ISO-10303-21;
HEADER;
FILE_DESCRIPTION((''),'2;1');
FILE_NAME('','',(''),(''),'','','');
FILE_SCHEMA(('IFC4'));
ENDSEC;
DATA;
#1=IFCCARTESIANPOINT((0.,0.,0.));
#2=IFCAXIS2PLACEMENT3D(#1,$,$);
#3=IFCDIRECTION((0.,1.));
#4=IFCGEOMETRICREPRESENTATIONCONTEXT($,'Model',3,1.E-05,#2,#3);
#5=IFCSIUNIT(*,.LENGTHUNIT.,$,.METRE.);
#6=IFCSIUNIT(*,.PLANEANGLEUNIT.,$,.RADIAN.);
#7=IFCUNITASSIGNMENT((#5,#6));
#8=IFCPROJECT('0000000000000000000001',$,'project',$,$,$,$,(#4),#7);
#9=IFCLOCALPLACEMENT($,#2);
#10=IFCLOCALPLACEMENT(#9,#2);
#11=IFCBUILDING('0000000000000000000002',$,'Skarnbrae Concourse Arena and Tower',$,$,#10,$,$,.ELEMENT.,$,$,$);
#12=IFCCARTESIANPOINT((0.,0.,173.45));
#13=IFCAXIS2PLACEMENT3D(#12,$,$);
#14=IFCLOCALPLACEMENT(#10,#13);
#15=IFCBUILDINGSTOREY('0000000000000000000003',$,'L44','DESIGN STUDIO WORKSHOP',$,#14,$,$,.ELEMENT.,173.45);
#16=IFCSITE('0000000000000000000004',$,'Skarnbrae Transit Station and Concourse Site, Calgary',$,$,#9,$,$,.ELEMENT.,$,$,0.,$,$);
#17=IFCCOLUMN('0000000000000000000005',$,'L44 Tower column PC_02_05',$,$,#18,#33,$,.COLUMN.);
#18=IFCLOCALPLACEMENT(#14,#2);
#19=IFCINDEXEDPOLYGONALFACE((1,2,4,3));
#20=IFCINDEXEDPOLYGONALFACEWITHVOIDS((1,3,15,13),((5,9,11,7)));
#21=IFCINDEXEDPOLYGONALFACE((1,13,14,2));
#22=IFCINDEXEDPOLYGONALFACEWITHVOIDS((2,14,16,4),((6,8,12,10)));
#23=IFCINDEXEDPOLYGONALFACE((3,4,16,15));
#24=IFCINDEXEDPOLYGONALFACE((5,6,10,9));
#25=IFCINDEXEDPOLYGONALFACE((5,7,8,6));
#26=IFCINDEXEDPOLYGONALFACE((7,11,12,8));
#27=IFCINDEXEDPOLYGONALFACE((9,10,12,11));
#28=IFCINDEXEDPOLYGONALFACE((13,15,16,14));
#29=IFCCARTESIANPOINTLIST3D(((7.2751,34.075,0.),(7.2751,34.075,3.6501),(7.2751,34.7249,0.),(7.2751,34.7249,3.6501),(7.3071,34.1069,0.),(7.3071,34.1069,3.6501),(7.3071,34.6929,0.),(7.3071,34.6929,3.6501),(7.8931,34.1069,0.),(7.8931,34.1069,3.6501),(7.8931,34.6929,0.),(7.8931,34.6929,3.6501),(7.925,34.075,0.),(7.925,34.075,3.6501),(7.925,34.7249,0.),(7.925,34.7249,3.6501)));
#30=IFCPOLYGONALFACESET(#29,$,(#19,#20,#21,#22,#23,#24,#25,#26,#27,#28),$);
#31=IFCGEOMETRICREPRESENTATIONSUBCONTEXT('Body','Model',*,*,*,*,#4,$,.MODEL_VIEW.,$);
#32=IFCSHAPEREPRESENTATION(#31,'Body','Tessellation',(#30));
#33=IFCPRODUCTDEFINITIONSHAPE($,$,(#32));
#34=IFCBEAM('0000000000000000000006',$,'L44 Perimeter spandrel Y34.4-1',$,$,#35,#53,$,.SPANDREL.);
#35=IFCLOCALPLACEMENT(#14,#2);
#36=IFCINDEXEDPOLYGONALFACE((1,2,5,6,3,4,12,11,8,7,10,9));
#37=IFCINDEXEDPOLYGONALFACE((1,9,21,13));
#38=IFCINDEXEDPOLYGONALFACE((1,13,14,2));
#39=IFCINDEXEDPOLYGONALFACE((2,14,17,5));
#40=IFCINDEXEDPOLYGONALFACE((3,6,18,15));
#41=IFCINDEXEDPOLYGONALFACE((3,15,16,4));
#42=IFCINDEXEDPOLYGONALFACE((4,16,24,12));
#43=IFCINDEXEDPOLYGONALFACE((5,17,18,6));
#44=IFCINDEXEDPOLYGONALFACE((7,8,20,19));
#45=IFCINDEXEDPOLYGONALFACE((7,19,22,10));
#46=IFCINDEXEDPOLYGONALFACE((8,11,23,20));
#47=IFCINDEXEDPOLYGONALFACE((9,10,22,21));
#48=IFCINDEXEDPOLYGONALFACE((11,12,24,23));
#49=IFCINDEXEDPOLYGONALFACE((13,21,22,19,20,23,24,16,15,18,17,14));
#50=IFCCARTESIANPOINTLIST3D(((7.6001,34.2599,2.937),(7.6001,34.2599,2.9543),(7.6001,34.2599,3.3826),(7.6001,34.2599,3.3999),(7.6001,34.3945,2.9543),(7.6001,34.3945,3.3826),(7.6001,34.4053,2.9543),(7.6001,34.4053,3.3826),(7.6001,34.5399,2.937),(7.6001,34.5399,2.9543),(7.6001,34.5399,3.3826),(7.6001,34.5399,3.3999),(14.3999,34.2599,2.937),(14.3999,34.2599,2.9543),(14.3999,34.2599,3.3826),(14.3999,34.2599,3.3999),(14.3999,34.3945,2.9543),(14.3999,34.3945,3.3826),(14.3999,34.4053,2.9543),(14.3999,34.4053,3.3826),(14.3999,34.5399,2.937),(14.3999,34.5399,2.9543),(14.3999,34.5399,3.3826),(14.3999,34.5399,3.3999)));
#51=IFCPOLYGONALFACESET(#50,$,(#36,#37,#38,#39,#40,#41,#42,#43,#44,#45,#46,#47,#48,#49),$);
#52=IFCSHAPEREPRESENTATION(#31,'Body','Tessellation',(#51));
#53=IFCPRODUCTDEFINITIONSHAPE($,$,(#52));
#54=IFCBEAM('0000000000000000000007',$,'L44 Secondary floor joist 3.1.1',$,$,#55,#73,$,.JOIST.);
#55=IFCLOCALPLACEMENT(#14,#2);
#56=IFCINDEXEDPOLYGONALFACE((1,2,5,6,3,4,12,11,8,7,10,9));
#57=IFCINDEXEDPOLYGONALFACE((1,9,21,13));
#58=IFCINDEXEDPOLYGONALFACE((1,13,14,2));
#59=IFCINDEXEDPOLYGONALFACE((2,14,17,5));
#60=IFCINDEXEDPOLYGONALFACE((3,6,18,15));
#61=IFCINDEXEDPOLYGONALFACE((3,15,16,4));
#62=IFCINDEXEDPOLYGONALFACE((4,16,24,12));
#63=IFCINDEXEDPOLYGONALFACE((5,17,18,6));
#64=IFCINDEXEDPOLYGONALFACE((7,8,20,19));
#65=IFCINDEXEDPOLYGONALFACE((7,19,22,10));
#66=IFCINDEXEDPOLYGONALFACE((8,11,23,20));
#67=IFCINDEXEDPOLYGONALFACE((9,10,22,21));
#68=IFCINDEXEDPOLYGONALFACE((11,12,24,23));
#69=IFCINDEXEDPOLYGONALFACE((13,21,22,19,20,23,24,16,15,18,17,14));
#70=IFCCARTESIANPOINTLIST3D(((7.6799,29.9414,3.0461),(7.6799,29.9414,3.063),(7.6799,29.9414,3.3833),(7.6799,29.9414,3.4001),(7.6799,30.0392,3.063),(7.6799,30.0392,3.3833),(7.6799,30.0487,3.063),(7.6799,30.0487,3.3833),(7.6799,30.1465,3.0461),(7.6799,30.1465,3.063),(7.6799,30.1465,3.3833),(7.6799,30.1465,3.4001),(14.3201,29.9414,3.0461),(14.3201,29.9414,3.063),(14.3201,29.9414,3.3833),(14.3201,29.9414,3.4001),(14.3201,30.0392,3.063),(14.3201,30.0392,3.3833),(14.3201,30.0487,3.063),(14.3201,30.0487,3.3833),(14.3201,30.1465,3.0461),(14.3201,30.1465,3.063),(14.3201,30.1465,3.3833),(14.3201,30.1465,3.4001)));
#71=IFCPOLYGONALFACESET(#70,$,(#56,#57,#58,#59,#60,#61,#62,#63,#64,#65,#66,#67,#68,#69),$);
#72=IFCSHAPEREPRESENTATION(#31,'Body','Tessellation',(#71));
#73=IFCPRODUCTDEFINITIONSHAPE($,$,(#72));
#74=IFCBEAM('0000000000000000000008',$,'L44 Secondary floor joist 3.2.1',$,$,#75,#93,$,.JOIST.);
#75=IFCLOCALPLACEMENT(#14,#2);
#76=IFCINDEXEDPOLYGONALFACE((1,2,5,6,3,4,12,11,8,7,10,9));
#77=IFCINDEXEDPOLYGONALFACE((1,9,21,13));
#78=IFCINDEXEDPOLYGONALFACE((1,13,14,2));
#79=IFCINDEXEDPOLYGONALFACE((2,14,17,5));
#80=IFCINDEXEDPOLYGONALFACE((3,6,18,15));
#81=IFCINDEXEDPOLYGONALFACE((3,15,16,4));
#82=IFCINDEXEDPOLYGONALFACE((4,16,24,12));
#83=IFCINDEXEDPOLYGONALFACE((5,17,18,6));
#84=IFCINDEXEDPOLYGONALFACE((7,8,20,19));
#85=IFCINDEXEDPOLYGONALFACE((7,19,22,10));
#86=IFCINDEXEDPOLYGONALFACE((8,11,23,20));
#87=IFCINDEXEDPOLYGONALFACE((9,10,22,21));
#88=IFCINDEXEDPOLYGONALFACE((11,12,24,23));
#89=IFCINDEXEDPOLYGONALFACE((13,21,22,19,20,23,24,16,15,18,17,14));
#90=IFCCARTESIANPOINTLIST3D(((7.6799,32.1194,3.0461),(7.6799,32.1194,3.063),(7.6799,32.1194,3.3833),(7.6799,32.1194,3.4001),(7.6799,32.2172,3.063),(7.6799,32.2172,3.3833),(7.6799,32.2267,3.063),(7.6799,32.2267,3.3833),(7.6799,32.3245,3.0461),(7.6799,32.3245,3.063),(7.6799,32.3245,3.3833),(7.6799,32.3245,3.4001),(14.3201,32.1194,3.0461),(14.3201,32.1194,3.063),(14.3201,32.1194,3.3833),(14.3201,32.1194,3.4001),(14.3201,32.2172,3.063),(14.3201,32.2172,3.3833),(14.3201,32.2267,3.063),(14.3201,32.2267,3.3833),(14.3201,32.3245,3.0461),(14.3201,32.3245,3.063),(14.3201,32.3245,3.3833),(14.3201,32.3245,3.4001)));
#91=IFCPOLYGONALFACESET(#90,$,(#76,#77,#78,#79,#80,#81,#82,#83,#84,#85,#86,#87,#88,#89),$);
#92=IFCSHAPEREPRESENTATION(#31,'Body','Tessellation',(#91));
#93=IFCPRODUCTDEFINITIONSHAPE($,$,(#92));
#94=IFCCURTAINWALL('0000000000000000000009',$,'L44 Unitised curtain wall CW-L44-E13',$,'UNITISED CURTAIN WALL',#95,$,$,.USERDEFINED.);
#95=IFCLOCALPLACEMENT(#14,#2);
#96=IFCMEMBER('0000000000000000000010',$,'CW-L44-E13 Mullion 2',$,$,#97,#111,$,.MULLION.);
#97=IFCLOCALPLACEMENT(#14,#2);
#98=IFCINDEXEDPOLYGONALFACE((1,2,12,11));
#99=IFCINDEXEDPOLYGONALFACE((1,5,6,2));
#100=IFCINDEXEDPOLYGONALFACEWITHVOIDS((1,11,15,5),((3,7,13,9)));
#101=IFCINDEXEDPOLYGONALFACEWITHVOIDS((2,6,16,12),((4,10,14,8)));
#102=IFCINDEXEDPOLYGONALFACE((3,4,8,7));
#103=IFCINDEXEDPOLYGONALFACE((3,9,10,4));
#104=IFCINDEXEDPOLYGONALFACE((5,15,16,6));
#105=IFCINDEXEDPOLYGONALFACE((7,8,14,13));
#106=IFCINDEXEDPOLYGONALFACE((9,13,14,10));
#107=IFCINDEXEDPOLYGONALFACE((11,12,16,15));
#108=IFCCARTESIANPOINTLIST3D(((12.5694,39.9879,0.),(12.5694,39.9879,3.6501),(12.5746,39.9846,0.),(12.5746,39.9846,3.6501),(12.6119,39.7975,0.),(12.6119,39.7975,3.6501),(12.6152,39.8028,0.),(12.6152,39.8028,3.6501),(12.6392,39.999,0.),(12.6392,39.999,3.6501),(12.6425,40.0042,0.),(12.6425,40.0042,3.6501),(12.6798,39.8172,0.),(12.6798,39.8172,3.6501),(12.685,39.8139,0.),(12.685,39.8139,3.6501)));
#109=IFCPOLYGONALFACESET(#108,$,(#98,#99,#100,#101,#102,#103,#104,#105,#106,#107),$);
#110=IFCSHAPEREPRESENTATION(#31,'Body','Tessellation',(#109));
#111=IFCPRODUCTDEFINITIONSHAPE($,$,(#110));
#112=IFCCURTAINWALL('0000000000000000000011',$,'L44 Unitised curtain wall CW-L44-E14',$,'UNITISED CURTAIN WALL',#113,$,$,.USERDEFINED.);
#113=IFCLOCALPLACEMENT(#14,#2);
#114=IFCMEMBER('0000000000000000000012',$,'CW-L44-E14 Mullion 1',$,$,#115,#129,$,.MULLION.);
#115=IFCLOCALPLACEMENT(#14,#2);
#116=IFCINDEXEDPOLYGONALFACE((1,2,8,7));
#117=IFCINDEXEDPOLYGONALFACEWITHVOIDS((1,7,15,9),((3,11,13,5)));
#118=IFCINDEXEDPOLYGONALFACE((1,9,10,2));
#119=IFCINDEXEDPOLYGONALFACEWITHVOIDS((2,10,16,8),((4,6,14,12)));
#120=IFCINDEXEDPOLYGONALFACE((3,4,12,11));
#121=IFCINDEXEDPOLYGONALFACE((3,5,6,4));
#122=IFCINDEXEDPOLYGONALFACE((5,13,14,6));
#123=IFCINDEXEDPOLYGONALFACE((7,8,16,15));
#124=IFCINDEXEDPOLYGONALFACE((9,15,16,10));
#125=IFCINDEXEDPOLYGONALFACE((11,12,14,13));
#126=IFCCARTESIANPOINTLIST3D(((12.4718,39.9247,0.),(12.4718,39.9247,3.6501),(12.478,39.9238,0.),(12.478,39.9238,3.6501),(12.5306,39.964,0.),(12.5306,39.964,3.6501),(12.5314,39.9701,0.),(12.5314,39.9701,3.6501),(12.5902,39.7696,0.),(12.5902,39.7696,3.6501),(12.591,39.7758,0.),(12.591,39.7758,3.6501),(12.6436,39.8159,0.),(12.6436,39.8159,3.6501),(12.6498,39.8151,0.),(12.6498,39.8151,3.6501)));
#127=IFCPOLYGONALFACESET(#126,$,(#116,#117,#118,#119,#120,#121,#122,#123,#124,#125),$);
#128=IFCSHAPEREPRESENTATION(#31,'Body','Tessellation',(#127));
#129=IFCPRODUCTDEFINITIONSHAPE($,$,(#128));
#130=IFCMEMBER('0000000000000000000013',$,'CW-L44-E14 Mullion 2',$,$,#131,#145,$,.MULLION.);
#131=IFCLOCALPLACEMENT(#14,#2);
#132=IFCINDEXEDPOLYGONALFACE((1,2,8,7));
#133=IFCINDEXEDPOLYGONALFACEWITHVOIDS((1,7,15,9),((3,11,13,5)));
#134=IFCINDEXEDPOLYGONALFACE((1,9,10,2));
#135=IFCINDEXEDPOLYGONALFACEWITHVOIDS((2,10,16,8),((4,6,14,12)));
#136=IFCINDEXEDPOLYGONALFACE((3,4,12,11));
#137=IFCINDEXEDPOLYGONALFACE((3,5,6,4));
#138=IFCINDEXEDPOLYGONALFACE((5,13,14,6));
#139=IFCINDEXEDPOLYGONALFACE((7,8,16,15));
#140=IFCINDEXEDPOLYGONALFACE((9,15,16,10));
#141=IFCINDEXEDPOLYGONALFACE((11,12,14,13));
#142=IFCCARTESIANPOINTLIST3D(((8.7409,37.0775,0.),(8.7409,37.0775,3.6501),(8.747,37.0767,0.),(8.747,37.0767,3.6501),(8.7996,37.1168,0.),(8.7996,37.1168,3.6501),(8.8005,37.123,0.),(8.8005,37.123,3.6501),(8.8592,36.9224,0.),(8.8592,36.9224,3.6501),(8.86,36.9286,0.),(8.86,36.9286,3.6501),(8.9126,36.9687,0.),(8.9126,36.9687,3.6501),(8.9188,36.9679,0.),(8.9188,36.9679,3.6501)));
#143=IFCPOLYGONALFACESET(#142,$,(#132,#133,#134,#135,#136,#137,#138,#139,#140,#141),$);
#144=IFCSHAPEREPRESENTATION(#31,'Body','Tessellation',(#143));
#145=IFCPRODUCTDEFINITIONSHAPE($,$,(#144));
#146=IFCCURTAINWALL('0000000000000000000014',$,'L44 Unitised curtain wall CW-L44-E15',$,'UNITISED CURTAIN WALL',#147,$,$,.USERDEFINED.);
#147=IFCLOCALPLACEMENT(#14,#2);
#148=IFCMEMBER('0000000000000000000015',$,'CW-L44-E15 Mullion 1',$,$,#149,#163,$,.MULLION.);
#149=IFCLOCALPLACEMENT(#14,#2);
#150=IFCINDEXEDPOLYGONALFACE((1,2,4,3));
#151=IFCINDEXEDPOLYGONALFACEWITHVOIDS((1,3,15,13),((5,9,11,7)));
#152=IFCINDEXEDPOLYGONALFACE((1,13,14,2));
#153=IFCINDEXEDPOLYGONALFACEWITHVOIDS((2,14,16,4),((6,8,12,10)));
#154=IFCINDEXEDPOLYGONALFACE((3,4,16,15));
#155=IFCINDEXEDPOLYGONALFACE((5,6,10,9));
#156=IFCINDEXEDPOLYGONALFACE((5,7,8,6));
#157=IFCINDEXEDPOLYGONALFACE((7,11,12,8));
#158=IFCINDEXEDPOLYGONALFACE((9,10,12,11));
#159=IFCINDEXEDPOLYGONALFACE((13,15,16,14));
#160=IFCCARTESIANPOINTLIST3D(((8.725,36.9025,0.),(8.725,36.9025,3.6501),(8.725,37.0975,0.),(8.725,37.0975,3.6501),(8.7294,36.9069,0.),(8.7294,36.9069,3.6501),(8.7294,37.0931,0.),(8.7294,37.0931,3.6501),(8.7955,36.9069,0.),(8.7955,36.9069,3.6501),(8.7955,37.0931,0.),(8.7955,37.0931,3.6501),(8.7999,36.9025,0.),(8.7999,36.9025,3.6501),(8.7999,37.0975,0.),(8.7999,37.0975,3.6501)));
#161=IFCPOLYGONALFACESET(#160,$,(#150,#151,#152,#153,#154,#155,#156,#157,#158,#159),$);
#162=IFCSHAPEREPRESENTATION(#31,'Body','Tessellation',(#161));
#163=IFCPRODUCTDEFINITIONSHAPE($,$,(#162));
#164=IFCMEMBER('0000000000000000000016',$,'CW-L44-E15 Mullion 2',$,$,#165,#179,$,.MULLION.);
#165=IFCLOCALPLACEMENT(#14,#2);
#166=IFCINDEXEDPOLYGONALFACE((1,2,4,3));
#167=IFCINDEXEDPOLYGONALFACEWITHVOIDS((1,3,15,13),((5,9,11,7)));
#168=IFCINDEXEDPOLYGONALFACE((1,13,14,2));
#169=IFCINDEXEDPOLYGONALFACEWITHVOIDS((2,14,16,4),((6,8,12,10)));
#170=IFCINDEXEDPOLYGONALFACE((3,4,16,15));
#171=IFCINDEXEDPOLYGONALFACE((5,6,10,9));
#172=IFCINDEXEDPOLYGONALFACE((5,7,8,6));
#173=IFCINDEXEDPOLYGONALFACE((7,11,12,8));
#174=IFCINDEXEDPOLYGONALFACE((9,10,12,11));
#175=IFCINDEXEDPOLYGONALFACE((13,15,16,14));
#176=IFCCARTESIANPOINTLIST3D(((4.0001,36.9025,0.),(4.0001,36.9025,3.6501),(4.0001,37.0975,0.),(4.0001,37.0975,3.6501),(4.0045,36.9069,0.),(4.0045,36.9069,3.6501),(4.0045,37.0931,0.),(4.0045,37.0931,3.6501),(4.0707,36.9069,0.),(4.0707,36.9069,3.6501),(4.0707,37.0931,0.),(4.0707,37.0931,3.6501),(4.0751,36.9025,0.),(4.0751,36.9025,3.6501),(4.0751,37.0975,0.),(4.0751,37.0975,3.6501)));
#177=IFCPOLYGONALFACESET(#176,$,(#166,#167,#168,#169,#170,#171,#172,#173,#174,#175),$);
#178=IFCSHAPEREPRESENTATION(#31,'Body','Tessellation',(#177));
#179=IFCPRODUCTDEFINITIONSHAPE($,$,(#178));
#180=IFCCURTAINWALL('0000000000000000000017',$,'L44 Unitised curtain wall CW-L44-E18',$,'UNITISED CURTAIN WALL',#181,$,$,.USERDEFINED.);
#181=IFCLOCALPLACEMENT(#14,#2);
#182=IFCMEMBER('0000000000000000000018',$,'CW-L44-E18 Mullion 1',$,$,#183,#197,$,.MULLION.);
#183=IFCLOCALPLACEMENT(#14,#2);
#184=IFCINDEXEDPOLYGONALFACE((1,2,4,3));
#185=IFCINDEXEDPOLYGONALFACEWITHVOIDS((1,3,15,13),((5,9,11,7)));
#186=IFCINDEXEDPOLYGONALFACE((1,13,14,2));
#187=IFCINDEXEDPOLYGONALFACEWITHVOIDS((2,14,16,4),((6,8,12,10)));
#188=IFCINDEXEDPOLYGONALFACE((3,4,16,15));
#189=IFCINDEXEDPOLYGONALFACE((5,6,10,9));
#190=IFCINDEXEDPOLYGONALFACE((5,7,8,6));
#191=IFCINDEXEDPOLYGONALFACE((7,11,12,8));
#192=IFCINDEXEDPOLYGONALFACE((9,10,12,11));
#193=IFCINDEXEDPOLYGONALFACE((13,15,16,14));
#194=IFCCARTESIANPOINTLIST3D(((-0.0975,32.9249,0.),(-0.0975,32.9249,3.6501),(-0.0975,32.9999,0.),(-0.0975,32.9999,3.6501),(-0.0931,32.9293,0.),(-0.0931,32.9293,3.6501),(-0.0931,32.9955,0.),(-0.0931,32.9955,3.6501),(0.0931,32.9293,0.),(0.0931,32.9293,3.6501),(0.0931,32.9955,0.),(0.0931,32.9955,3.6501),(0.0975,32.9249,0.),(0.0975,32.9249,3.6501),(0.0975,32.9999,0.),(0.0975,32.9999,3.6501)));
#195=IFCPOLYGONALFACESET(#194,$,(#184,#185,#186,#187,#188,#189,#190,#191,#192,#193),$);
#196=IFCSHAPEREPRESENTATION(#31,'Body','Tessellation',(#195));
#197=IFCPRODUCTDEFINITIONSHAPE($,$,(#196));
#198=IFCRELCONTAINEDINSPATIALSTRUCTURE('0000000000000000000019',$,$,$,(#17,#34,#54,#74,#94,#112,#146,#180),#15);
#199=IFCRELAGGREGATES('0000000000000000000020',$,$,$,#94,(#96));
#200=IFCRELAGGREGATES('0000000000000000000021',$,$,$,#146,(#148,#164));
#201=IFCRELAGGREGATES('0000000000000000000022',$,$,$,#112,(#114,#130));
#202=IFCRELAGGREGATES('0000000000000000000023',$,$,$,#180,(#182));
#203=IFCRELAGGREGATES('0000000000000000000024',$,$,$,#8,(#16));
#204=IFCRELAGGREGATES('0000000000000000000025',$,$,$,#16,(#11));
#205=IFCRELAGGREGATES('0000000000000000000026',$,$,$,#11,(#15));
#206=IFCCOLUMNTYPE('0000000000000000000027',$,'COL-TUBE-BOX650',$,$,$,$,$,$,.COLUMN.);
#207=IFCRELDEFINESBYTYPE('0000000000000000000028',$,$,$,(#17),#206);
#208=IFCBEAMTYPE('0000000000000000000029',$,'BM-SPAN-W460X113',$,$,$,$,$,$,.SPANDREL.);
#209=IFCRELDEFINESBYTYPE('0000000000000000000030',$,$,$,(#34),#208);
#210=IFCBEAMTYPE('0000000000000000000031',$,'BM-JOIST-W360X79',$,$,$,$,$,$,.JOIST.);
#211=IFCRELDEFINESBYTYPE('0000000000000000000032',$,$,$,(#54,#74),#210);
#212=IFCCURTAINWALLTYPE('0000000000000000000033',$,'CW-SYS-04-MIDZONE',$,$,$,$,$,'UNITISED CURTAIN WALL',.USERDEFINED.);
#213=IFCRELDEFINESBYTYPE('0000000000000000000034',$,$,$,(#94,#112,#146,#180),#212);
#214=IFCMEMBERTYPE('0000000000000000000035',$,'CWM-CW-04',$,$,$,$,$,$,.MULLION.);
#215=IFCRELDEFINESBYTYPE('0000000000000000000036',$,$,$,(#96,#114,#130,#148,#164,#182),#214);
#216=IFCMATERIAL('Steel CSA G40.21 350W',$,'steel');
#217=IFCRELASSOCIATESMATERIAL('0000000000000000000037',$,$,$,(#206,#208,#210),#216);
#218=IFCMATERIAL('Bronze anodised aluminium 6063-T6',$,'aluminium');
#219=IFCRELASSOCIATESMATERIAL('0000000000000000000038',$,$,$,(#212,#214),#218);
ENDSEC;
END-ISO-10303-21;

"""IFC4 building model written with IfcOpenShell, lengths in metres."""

from ifc_helpers import new_model, si_unit, direction, frame, origin, origin_2d, place, context, subcontext, project, spatial, hollow_rectangle, i_section, extrude, source, transform, mapped, material, material_profile, profile_set, type_object, element, aggregate, save


model = new_model("IFC4")

# Units and contexts
model_context = context("Model", 3, precision=1e-05, world=origin(), true_north=direction((0.0, 1.0)))
body_context = subcontext(model_context, "Body", "Model", "MODEL_VIEW")
ifc_project = project(units=[si_unit("LENGTHUNIT", "METRE"), si_unit("PLANEANGLEUNIT", "RADIAN")], contexts=[model_context])

# Site, building, storey
site_placement = place(None, origin())
site = spatial("IfcSite", under=ifc_project, at=site_placement, Name="Skarnbrae Transit Station and Concourse Site, Calgary", CompositionType="ELEMENT", RefElevation=0.0)
building_placement = place(site_placement, origin())
building = spatial("IfcBuilding", under=site, at=building_placement, Name="Skarnbrae Concourse Arena and Tower", CompositionType="ELEMENT")
storey_placement = place(building_placement, frame((0.0, 0.0, 173.45)))
storey = spatial("IfcBuildingStorey", under=building, at=storey_placement, Name="L44", Description="DESIGN STUDIO WORKSHOP", CompositionType="ELEMENT", Elevation=173.45)

# Column
ifc_material_1 = material(Name="Steel CSA G40.21 350W", Category="steel")
ifc_material_profile_1 = material_profile(ifc_material_1, hollow_rectangle(XDim=0.6499, YDim=0.6499, WallThickness=0.032, at=origin_2d()), Name="BOX650X650X32")
ifc_profile_set_1 = profile_set([ifc_material_profile_1], Name="Steel CSA G40.21 350W")
column_type = type_object("IfcColumnType", Name="COL-TUBE-BOX650", PredefinedType="COLUMN", material=ifc_profile_set_1)
shared_shape_1 = source(origin(), body_context, "Body", "SweptSolid", [
    extrude(hollow_rectangle(XDim=0.6499, YDim=0.6499, WallThickness=0.032, at=origin_2d()), origin(), (0.0, 0.0, 1.0), 3.6501),
])
column_placement = place(storey_placement, frame((7.6001, 34.3999, 0.0), z_axis=(0.0, 0.0, 1.0), x_axis=(1.0, 0.0, 0.0)))
element("IfcColumn", 1, at=column_placement, inside=storey, type_object=column_type, Name="L44 Tower column PC_02_05", PredefinedType="COLUMN", context=body_context, shape_type="MappedRepresentation", body=[
    mapped(shared_shape_1, transform((0.0, 0.0, 0.0))),
])

# Beams
ifc_material_profile_2 = material_profile(ifc_material_1, i_section(OverallWidth=0.28, OverallDepth=0.4629, WebThickness=0.0107, FlangeThickness=0.0173, at=origin_2d()), Name="W460X113")
ifc_profile_set_2 = profile_set([ifc_material_profile_2], Name="Steel CSA G40.21 350W")
beam_type_1 = type_object("IfcBeamType", Name="BM-SPAN-W460X113", PredefinedType="SPANDREL", material=ifc_profile_set_2)
shared_shape_2 = source(origin(), body_context, "Body", "SweptSolid", [
    extrude(i_section(OverallWidth=0.28, OverallDepth=0.4629, WebThickness=0.0107, FlangeThickness=0.0173, at=origin_2d()), origin(), (0.0, 0.0, 1.0), 6.7998),
])
beam_placement = place(storey_placement, frame((7.6001, 34.3999, 3.1685), z_axis=(1.0, 0.0, 0.0), x_axis=(0.0, 1.0, 0.0)))
element("IfcBeam", 2, at=beam_placement, inside=storey, type_object=beam_type_1, Name="L44 Perimeter spandrel Y34.4-1", PredefinedType="SPANDREL", context=body_context, shape_type="MappedRepresentation", body=[
    mapped(shared_shape_2, transform((0.0, 0.0, 0.0))),
])
ifc_material_profile_3 = material_profile(ifc_material_1, i_section(OverallWidth=0.2051, OverallDepth=0.354, WebThickness=0.0095, FlangeThickness=0.0168, at=origin_2d()), Name="W360X79")
ifc_profile_set_3 = profile_set([ifc_material_profile_3], Name="Steel CSA G40.21 350W")
beam_type_2 = type_object("IfcBeamType", Name="BM-JOIST-W360X79", PredefinedType="JOIST", material=ifc_profile_set_3)
shared_shape_3 = source(origin(), body_context, "Body", "SweptSolid", [
    extrude(i_section(OverallWidth=0.2051, OverallDepth=0.354, WebThickness=0.0095, FlangeThickness=0.0168, at=origin_2d()), origin(), (0.0, 0.0, 1.0), 6.6401),
])
for number, where, z_axis, x_axis, name in (
    (3, (7.6799, 30.0439, 3.2231), (1.0, 0.0, 0.0), (0.0, 1.0, 0.0), "L44 Secondary floor joist 3.1.1"),
    (4, (7.6799, 32.2219, 3.2231), (1.0, 0.0, 0.0), (0.0, 1.0, 0.0), "L44 Secondary floor joist 3.2.1"),
):
    element("IfcBeam", number, at=place(storey_placement, frame(where, z_axis=z_axis, x_axis=x_axis)), inside=storey, type_object=beam_type_2, Name=name, PredefinedType="JOIST", context=body_context, shape_type="MappedRepresentation", body=[
        mapped(shared_shape_3, transform((0.0, 0.0, 0.0))),
    ])

# Curtain wall, member
ifc_material_2 = material(Name="Bronze anodised aluminium 6063-T6", Category="aluminium")
curtain_wall_type = type_object("IfcCurtainWallType", Name="CW-SYS-04-MIDZONE", ElementType="UNITISED CURTAIN WALL", PredefinedType="USERDEFINED", material=ifc_material_2)
curtain_wall_1_placement = place(storey_placement, origin())
curtain_wall_1 = element("IfcCurtainWall", 5, at=curtain_wall_1_placement, inside=storey, type_object=curtain_wall_type, Name="L44 Unitised curtain wall CW-L44-E13", ObjectType="UNITISED CURTAIN WALL", PredefinedType="USERDEFINED")
ifc_material_profile_4 = material_profile(ifc_material_2, hollow_rectangle(XDim=0.075, YDim=0.1951, WallThickness=0.0044, at=origin_2d()), Name="ALU-MULL-75X195")
ifc_profile_set_4 = profile_set([ifc_material_profile_4], Name="Bronze anodised aluminium 6063-T6")
member_type_1 = type_object("IfcMemberType", Name="CWM-CW-04", PredefinedType="MULLION", material=ifc_profile_set_4)
shared_shape_4 = source(origin(), body_context, "Body", "SweptSolid", [
    extrude(hollow_rectangle(XDim=0.075, YDim=0.1951, WallThickness=0.0044, at=origin_2d()), origin(), (0.0, 0.0, 1.0), 3.6501),
])
member_1_placement = place(storey_placement, frame((12.6272, 39.9009, 0.0), z_axis=(0.0, 0.0, 1.0), x_axis=(-0.975936, -0.218056, 0.0)))
member_1 = element("IfcMember", 6, at=member_1_placement, type_object=member_type_1, Name="CW-L44-E13 Mullion 2", PredefinedType="MULLION", context=body_context, shape_type="MappedRepresentation", body=[
    mapped(shared_shape_4, transform((0.0, 0.0, 0.0))),
])
aggregate(curtain_wall_1, [member_1])

# Curtain walls, members
curtain_wall_2_placement = place(storey_placement, origin())
curtain_wall_2 = element("IfcCurtainWall", 7, at=curtain_wall_2_placement, inside=storey, type_object=curtain_wall_type, Name="L44 Unitised curtain wall CW-L44-E14", ObjectType="UNITISED CURTAIN WALL", PredefinedType="USERDEFINED")
member_2_placement = place(storey_placement, frame((12.5608, 39.8699, 0.0), z_axis=(0.0, 0.0, 1.0), x_axis=(-0.794956, -0.606667, 0.0)))
member_2 = element("IfcMember", 8, at=member_2_placement, type_object=member_type_1, Name="CW-L44-E14 Mullion 1", PredefinedType="MULLION", context=body_context, shape_type="MappedRepresentation", body=[
    mapped(shared_shape_4, transform((0.0, 0.0, 0.0))),
])
member_3_placement = place(storey_placement, frame((8.8298, 37.0227, 0.0), z_axis=(0.0, 0.0, 1.0), x_axis=(-0.794956, -0.606667, 0.0)))
member_3 = element("IfcMember", 9, at=member_3_placement, type_object=member_type_1, Name="CW-L44-E14 Mullion 2", PredefinedType="MULLION", context=body_context, shape_type="MappedRepresentation", body=[
    mapped(shared_shape_4, transform((0.0, 0.0, 0.0))),
])
curtain_wall_3_placement = place(storey_placement, origin())
curtain_wall_3 = element("IfcCurtainWall", 10, at=curtain_wall_3_placement, inside=storey, type_object=curtain_wall_type, Name="L44 Unitised curtain wall CW-L44-E15", ObjectType="UNITISED CURTAIN WALL", PredefinedType="USERDEFINED")
member_4_placement = place(storey_placement, frame((8.7625, 37.0, 0.0), z_axis=(0.0, 0.0, 1.0), x_axis=(-1.0, 0.0, 0.0)))
member_4 = element("IfcMember", 11, at=member_4_placement, type_object=member_type_1, Name="CW-L44-E15 Mullion 1", PredefinedType="MULLION", context=body_context, shape_type="MappedRepresentation", body=[
    mapped(shared_shape_4, transform((0.0, 0.0, 0.0))),
])
member_5_placement = place(storey_placement, frame((4.0376, 37.0, 0.0), z_axis=(0.0, 0.0, 1.0), x_axis=(-1.0, 0.0, 0.0)))
member_5 = element("IfcMember", 12, at=member_5_placement, type_object=member_type_1, Name="CW-L44-E15 Mullion 2", PredefinedType="MULLION", context=body_context, shape_type="MappedRepresentation", body=[
    mapped(shared_shape_4, transform((0.0, 0.0, 0.0))),
])

# Curtain wall, member
curtain_wall_4_placement = place(storey_placement, origin())
curtain_wall_4 = element("IfcCurtainWall", 13, at=curtain_wall_4_placement, inside=storey, type_object=curtain_wall_type, Name="L44 Unitised curtain wall CW-L44-E18", ObjectType="UNITISED CURTAIN WALL", PredefinedType="USERDEFINED")
member_6_placement = place(storey_placement, frame((0.0, 32.9624, 0.0), z_axis=(0.0, 0.0, 1.0), x_axis=(0.0, -1.0, 0.0)))
member_6 = element("IfcMember", 14, at=member_6_placement, type_object=member_type_1, Name="CW-L44-E18 Mullion 1", PredefinedType="MULLION", context=body_context, shape_type="MappedRepresentation", body=[
    mapped(shared_shape_4, transform((0.0, 0.0, 0.0))),
])

aggregate(curtain_wall_3, [member_4, member_5])
aggregate(curtain_wall_2, [member_2, member_3])
aggregate(curtain_wall_4, [member_6])

save(model, "model.ifc")
